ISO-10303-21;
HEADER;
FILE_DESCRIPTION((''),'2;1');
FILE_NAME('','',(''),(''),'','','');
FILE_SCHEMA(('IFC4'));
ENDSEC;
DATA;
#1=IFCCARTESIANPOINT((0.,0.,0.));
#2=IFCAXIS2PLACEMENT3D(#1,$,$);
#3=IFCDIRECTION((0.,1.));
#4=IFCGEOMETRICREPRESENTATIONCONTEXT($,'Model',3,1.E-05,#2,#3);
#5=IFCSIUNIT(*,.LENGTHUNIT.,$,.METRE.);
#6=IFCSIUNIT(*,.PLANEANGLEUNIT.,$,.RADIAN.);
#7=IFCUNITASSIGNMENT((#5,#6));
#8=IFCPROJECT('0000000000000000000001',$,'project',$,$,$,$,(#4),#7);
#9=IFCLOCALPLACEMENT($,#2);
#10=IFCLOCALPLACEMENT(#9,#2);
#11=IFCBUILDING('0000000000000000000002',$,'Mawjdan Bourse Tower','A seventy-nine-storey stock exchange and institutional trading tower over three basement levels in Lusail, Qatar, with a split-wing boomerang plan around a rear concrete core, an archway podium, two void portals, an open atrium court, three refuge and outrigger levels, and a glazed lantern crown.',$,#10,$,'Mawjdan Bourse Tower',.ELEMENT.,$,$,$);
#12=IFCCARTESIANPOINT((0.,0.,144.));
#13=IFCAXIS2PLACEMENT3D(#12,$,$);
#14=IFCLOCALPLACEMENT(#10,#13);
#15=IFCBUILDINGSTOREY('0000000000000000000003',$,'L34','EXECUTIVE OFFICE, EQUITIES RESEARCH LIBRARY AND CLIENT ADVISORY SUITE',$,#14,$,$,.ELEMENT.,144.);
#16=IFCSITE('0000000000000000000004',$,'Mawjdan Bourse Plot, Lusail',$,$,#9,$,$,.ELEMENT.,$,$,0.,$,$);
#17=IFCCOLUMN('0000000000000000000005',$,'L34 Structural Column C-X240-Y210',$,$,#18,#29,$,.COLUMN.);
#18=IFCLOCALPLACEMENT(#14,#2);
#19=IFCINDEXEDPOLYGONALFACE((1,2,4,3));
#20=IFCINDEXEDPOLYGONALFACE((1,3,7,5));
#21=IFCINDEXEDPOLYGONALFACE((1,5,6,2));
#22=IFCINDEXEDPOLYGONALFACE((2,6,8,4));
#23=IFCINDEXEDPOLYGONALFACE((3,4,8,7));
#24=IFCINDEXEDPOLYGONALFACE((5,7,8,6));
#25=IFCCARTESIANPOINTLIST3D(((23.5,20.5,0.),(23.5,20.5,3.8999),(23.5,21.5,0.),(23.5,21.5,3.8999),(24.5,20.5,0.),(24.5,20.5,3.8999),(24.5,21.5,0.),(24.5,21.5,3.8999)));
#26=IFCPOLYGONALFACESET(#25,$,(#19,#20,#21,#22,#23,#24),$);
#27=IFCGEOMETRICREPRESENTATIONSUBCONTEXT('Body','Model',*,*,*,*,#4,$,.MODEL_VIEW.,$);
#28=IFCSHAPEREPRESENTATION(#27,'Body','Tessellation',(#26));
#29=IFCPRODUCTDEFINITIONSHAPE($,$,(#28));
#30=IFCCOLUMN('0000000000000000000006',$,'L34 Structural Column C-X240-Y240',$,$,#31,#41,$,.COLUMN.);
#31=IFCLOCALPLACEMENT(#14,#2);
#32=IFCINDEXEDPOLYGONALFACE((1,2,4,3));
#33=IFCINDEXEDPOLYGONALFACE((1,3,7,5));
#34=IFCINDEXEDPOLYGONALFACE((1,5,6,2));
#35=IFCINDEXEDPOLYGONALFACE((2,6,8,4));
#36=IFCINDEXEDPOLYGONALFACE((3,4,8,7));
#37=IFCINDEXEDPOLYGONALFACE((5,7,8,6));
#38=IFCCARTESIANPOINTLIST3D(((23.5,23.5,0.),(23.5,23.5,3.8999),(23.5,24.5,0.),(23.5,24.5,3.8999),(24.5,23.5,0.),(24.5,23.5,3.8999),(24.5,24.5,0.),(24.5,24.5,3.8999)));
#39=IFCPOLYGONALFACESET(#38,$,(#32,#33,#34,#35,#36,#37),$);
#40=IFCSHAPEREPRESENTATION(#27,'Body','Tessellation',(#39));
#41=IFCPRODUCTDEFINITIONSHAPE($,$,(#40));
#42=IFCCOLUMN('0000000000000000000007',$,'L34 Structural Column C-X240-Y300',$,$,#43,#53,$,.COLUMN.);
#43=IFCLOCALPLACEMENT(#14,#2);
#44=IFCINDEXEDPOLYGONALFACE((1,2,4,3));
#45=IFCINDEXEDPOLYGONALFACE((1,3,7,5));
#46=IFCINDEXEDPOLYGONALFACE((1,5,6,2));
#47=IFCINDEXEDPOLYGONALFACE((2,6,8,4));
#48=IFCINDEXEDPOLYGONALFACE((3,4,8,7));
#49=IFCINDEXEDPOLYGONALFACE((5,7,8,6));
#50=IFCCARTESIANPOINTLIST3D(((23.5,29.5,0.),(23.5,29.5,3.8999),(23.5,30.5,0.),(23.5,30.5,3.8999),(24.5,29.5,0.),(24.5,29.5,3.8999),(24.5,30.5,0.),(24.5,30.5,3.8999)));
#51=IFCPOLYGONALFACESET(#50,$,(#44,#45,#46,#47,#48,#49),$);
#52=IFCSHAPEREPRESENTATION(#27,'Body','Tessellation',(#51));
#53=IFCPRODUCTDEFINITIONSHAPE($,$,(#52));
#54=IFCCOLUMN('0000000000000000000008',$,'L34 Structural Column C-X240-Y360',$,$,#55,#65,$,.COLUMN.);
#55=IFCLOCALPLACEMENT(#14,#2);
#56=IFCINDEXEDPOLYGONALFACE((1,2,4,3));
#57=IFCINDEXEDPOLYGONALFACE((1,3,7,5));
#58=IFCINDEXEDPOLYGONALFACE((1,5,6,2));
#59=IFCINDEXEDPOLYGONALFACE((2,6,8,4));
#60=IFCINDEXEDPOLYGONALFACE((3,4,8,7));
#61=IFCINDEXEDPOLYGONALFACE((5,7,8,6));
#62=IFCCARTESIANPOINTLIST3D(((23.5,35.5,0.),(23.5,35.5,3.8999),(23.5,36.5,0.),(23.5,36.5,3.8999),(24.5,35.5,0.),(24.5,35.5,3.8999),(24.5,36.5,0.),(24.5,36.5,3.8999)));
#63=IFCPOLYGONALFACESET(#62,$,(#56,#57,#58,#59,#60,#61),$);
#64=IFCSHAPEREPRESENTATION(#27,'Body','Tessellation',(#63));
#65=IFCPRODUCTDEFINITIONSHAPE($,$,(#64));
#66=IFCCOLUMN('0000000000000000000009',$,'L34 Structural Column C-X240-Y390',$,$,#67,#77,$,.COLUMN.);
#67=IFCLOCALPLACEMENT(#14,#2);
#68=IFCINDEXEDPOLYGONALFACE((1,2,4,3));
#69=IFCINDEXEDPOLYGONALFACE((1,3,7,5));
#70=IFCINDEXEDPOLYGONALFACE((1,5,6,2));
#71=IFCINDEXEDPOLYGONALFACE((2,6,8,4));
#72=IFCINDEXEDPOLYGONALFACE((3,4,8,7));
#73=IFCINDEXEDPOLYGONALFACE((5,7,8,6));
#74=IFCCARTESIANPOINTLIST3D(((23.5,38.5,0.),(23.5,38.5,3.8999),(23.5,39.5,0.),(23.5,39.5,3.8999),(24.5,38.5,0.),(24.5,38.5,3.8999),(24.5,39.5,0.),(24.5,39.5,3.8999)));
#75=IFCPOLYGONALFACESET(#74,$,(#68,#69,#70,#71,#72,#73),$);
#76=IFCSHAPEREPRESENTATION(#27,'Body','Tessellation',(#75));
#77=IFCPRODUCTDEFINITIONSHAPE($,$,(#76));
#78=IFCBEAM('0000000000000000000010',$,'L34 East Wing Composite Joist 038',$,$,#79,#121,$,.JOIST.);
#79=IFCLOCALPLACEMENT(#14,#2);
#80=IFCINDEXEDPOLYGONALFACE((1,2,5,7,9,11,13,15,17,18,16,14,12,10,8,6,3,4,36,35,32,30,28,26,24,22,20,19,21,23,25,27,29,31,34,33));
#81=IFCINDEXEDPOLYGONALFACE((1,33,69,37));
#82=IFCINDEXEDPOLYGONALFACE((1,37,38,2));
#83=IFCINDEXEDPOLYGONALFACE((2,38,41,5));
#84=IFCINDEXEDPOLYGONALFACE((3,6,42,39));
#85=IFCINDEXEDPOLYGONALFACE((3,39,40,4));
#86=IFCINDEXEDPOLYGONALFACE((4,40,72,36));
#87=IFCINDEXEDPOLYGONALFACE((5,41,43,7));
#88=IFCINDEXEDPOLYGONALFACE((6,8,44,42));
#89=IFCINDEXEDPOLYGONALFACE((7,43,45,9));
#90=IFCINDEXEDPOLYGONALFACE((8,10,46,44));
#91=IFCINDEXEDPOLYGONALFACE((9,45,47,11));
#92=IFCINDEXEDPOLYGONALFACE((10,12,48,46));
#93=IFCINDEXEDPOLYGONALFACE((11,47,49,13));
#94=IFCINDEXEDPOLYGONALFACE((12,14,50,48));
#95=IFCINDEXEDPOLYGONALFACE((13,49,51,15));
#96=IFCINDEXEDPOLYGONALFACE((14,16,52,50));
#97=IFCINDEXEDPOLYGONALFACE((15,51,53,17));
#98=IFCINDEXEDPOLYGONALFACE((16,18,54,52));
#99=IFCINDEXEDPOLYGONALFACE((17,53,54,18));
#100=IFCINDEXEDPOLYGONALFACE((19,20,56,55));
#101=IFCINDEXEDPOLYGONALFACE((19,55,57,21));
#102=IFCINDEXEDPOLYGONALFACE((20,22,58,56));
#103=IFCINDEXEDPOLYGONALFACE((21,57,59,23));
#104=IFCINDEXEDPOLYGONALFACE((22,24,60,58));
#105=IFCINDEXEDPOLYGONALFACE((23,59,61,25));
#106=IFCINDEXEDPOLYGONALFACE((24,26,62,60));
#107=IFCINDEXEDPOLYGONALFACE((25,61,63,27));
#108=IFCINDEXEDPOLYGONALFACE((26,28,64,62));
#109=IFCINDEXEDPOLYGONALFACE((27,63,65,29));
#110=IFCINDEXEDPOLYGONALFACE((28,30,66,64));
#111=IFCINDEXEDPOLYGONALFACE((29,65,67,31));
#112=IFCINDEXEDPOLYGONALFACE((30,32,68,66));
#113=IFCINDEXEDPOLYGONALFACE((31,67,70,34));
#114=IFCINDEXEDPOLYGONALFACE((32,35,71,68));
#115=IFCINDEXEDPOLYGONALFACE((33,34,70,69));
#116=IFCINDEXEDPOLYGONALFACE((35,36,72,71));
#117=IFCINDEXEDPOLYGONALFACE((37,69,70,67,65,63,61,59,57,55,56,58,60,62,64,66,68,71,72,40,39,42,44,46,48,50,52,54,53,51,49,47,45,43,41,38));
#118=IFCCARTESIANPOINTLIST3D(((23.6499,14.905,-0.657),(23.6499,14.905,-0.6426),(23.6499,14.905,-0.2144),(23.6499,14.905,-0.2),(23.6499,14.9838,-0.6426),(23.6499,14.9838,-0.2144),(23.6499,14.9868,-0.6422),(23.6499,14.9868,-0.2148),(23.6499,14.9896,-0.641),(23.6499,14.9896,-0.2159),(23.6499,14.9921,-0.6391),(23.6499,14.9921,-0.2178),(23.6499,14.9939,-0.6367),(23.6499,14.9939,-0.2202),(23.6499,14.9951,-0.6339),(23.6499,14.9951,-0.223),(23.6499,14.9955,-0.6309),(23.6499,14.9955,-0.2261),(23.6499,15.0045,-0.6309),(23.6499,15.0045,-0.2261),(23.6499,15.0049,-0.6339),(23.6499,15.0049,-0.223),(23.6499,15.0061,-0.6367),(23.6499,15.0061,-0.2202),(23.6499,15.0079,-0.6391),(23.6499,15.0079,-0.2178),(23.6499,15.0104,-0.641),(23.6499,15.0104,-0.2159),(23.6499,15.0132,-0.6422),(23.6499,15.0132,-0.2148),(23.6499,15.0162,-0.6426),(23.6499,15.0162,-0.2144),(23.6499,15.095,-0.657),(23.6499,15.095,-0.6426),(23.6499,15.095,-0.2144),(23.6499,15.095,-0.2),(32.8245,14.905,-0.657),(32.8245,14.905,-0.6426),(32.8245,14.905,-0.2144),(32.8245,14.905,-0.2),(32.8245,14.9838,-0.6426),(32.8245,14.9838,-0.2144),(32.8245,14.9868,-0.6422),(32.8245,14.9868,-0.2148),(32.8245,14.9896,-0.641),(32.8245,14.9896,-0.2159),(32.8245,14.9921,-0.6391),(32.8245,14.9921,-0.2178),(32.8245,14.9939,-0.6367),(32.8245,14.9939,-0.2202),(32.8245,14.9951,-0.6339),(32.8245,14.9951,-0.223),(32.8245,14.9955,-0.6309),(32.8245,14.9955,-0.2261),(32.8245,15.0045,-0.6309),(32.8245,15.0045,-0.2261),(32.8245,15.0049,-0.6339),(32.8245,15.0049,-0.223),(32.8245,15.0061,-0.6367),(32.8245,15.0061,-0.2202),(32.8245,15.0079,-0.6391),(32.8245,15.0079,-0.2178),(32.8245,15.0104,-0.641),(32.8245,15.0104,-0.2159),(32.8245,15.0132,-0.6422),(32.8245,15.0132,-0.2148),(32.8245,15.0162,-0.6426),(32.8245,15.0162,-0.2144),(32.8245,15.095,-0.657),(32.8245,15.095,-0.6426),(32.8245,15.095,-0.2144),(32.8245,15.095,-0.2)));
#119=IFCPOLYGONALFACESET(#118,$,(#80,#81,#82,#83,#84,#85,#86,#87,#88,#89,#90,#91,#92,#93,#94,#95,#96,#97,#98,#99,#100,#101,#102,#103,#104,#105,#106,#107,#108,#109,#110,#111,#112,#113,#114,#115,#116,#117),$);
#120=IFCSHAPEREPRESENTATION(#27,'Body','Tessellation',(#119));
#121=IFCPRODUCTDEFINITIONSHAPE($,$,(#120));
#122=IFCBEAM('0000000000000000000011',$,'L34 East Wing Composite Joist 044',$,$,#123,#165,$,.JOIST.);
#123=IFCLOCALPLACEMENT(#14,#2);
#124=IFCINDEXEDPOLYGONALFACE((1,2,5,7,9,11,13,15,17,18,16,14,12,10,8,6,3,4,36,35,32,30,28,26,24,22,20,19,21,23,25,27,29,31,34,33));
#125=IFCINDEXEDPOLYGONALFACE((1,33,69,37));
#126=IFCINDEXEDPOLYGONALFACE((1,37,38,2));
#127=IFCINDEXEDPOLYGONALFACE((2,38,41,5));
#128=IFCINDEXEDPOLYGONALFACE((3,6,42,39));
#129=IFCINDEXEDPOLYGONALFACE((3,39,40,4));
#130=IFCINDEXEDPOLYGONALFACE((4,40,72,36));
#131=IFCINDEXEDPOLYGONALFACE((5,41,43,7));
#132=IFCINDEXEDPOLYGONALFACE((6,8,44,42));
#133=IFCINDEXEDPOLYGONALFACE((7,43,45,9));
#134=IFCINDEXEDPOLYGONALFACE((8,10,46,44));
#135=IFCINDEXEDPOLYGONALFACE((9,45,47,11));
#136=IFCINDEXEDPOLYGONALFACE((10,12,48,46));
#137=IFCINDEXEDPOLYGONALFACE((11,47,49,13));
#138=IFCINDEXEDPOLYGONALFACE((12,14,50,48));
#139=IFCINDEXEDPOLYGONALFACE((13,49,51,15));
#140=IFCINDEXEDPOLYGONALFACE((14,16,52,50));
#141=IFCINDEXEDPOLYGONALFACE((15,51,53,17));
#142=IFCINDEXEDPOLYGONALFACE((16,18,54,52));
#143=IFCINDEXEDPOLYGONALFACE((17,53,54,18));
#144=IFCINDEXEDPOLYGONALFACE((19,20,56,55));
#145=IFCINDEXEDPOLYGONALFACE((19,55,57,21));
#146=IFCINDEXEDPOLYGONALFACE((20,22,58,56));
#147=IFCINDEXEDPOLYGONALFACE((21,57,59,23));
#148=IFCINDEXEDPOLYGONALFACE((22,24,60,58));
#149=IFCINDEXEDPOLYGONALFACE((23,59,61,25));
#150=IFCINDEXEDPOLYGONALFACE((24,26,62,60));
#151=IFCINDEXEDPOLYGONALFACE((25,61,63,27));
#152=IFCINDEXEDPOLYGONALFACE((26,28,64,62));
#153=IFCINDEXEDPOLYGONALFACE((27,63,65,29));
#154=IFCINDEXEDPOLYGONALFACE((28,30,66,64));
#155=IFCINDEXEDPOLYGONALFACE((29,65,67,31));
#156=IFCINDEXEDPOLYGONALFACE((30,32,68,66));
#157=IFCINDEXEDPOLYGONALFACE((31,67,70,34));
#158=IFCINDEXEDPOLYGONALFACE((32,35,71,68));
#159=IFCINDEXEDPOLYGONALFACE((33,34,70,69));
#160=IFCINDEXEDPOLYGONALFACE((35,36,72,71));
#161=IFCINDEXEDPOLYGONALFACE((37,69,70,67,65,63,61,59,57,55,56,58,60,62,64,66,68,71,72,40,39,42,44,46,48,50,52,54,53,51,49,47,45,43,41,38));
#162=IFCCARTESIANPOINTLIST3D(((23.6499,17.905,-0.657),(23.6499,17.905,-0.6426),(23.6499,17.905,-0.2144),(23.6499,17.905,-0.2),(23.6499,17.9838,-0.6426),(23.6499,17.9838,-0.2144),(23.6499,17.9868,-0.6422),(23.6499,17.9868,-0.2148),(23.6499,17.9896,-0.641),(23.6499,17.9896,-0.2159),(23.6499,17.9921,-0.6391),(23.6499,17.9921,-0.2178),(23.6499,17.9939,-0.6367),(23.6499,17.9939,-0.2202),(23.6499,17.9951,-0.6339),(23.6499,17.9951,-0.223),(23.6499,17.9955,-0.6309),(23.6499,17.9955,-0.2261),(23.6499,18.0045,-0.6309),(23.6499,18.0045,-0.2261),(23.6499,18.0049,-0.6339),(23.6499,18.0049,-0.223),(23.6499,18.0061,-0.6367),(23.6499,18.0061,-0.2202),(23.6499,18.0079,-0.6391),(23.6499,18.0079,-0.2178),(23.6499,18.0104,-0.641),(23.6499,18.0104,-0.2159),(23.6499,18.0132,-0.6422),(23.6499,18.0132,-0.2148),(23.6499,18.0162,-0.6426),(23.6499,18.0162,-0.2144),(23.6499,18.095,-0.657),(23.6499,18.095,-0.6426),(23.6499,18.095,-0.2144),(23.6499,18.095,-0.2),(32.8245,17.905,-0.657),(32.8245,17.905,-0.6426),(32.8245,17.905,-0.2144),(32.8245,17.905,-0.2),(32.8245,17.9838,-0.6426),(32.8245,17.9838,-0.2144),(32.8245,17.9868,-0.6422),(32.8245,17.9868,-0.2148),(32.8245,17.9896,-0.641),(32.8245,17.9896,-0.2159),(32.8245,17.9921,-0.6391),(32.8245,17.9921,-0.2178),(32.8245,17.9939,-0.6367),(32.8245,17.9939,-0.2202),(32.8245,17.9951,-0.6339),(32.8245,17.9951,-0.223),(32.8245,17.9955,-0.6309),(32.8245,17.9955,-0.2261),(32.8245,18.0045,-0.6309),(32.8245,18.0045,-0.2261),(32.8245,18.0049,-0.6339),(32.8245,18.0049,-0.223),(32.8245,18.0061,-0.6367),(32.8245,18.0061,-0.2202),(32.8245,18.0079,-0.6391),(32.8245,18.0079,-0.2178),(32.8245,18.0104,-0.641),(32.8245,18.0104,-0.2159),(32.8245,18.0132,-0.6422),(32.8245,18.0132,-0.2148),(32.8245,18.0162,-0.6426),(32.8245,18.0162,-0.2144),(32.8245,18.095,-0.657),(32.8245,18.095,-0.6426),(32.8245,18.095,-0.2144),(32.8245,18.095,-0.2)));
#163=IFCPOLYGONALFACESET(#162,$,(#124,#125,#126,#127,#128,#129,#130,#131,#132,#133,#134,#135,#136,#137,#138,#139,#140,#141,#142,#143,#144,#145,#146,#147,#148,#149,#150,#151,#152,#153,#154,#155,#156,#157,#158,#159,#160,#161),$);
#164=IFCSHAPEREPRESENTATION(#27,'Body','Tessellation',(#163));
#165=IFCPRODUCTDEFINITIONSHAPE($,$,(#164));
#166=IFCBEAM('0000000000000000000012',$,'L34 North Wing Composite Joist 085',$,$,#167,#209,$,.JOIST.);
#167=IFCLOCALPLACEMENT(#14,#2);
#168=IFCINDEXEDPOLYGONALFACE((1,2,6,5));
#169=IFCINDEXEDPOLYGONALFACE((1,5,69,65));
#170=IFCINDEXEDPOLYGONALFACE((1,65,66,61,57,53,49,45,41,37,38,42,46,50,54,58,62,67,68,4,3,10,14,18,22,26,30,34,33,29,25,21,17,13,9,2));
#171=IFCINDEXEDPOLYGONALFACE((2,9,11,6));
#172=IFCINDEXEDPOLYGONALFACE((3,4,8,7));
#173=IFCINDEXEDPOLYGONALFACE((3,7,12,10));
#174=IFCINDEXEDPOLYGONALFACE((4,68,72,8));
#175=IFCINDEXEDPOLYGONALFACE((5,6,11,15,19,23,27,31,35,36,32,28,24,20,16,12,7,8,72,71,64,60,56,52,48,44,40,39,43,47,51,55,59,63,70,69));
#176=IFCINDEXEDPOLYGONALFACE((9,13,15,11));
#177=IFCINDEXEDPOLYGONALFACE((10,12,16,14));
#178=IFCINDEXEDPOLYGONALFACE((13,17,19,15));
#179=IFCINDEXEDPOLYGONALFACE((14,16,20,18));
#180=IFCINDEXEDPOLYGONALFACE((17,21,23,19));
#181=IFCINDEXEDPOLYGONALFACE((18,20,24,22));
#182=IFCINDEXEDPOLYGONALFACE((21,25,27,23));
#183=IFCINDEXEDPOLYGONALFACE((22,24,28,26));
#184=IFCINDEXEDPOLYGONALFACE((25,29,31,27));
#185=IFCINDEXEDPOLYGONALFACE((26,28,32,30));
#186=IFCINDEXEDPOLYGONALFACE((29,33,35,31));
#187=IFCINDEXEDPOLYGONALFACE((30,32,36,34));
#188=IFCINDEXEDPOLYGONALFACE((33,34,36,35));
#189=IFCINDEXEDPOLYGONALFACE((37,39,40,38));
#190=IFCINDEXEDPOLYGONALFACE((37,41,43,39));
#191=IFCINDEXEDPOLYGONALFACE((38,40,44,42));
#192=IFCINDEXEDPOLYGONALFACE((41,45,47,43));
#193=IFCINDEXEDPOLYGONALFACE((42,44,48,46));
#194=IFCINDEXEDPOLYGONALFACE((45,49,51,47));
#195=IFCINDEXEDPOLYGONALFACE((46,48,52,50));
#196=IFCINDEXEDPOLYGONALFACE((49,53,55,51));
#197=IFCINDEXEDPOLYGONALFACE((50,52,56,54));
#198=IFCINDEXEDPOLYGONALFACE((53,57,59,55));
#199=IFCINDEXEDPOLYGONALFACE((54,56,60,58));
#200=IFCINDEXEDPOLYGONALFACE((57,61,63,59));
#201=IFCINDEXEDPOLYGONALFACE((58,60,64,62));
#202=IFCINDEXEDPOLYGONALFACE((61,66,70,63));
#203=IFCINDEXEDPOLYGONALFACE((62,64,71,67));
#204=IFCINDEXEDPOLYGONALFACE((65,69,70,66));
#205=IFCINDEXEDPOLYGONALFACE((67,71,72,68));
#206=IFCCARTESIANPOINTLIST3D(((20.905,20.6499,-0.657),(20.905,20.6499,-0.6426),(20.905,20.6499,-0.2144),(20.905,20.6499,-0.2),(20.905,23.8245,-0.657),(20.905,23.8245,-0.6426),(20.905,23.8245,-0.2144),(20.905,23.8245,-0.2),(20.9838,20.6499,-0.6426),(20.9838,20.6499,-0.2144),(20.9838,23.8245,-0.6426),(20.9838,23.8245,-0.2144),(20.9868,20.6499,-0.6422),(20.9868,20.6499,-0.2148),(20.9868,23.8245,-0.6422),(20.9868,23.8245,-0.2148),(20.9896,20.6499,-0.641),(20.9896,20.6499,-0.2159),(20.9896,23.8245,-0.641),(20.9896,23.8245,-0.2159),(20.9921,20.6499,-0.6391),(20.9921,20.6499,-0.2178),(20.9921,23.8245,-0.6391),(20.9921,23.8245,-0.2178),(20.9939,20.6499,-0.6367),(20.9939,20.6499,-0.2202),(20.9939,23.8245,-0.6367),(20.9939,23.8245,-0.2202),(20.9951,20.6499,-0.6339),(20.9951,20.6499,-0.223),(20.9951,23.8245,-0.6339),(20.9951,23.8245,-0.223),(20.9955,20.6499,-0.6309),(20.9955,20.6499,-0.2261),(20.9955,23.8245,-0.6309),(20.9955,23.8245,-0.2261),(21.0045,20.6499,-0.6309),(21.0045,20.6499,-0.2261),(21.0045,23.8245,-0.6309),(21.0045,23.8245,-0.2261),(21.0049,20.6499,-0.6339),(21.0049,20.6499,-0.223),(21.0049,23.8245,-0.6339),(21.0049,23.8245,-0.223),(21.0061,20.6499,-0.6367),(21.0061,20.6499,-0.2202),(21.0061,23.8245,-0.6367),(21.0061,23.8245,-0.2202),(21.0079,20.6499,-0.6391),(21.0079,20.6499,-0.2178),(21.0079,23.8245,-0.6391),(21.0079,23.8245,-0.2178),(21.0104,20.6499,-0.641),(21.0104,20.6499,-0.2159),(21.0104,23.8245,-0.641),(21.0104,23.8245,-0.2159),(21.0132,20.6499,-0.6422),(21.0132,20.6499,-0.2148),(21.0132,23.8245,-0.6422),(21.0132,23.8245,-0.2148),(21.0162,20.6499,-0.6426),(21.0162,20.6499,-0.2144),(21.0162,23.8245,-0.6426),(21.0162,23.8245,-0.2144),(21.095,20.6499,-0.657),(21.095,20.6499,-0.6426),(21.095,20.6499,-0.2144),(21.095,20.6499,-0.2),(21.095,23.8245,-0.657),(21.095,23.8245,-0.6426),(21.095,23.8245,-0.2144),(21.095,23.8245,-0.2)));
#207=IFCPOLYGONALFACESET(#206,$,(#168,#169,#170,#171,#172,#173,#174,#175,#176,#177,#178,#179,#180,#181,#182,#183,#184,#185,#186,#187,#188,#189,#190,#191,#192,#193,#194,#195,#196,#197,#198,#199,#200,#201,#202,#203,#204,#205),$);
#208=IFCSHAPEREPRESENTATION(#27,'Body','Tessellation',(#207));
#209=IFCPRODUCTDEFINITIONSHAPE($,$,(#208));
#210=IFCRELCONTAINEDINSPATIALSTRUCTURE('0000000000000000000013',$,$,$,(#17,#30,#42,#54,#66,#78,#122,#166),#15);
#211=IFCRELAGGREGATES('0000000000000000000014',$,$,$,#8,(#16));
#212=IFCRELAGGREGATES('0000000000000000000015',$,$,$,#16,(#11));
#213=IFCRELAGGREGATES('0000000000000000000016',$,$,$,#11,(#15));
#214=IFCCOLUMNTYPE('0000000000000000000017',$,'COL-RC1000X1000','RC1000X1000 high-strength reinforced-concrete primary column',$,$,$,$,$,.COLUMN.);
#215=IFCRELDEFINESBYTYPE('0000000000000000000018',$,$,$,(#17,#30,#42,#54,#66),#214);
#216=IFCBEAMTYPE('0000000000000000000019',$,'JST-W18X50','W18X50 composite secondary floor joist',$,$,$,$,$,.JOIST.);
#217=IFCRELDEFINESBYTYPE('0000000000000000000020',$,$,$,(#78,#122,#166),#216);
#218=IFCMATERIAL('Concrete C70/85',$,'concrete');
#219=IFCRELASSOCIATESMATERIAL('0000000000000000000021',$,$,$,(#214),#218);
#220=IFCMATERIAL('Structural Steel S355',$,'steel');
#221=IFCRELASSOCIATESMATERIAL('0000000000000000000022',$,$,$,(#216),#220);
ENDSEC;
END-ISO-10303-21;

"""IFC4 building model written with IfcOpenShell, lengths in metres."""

from ifc_helpers import new_model, si_unit, direction, frame, origin, origin_2d, place, context, subcontext, project, spatial, rectangle, i_section, extrude, material, material_profile, profile_set, type_object, element, save


model = new_model("IFC4")

# Units and contexts
model_context = context("Model", 3, precision=1e-05, world=origin(), true_north=direction((0.0, 1.0)))
body_context = subcontext(model_context, "Body", "Model", "MODEL_VIEW")
ifc_project = project(units=[si_unit("LENGTHUNIT", "METRE"), si_unit("PLANEANGLEUNIT", "RADIAN")], contexts=[model_context])

# Site, building, storey
site_placement = place(None, origin())
site = spatial("IfcSite", under=ifc_project, at=site_placement, Name="Mawjdan Bourse Plot, Lusail", CompositionType="ELEMENT", RefElevation=0.0)
building_placement = place(site_placement, origin())
building = spatial("IfcBuilding", under=site, at=building_placement, Name="Mawjdan Bourse Tower", Description="A seventy-nine-storey stock exchange and institutional trading tower over three basement levels in Lusail, Qatar, with a split-wing boomerang plan around a rear concrete core, an archway podium, two void portals, an open atrium court, three refuge and outrigger levels, and a glazed lantern crown.", LongName="Mawjdan Bourse Tower", CompositionType="ELEMENT")
storey_placement = place(building_placement, frame((0.0, 0.0, 144.0)))
storey = spatial("IfcBuildingStorey", under=building, at=storey_placement, Name="L34", Description="EXECUTIVE OFFICE, EQUITIES RESEARCH LIBRARY AND CLIENT ADVISORY SUITE", CompositionType="ELEMENT", Elevation=144.0)

# Columns
ifc_material_1 = material(Name="Concrete C70/85", Category="concrete")
ifc_material_profile_1 = material_profile(ifc_material_1, rectangle(XDim=1.0, YDim=1.0, at=origin_2d()), Name="RC1000X1000")
ifc_profile_set_1 = profile_set([ifc_material_profile_1], Name="Concrete C70/85")
column_type = type_object("IfcColumnType", Name="COL-RC1000X1000", Description="RC1000X1000 high-strength reinforced-concrete primary column", PredefinedType="COLUMN", material=ifc_profile_set_1)
for number, where, z_axis, x_axis, name in (
    (1, (24.0, 21.0, 0.0), (0.0, 0.0, 1.0), (1.0, 0.0, 0.0), "L34 Structural Column C-X240-Y210"),
    (2, (24.0, 24.0, 0.0), (0.0, 0.0, 1.0), (1.0, 0.0, 0.0), "L34 Structural Column C-X240-Y240"),
    (3, (24.0, 30.0, 0.0), (0.0, 0.0, 1.0), (1.0, 0.0, 0.0), "L34 Structural Column C-X240-Y300"),
    (4, (24.0, 36.0, 0.0), (0.0, 0.0, 1.0), (1.0, 0.0, 0.0), "L34 Structural Column C-X240-Y360"),
    (5, (24.0, 39.0, 0.0), (0.0, 0.0, 1.0), (1.0, 0.0, 0.0), "L34 Structural Column C-X240-Y390"),
):
    element("IfcColumn", number, at=place(storey_placement, frame(where, z_axis=z_axis, x_axis=x_axis)), inside=storey, type_object=column_type, Name=name, PredefinedType="COLUMN", context=body_context, shape_type="SweptSolid", body=[
        extrude(rectangle(XDim=1.0, YDim=1.0, at=origin_2d()), origin(), (0.0, 0.0, 1.0), 3.8999),
    ])

# Beams
ifc_material_2 = material(Name="Structural Steel S355", Category="steel")
ifc_material_profile_2 = material_profile(ifc_material_2, i_section(OverallWidth=0.1899, OverallDepth=0.457, WebThickness=0.009, FlangeThickness=0.0144, FilletRadius=0.0117, at=origin_2d()), Name="W18X50")
ifc_profile_set_2 = profile_set([ifc_material_profile_2], Name="Structural Steel S355")
beam_type_1 = type_object("IfcBeamType", Name="JST-W18X50", Description="W18X50 composite secondary floor joist", PredefinedType="JOIST", material=ifc_profile_set_2)
for number, where, z_axis, x_axis, name in (
    (6, (23.6499, 15.0, -0.4285), (1.0, 0.0, 0.0), (0.0, 1.0, 0.0), "L34 East Wing Composite Joist 038"),
    (7, (23.6499, 18.0, -0.4285), (1.0, 0.0, 0.0), (0.0, 1.0, 0.0), "L34 East Wing Composite Joist 044"),
):
    element("IfcBeam", number, at=place(storey_placement, frame(where, z_axis=z_axis, x_axis=x_axis)), inside=storey, type_object=beam_type_1, Name=name, PredefinedType="JOIST", context=body_context, shape_type="SweptSolid", body=[
        extrude(i_section(OverallWidth=0.1899, OverallDepth=0.457, WebThickness=0.009, FlangeThickness=0.0144, FilletRadius=0.0117, at=origin_2d()), origin(), (0.0, 0.0, 1.0), 9.1746),
    ])
beam_1_placement = place(storey_placement, frame((21.0, 20.6499, -0.4285), z_axis=(0.0, 1.0, 0.0), x_axis=(-1.0, 0.0, 0.0)))
element("IfcBeam", 8, at=beam_1_placement, inside=storey, type_object=beam_type_1, Name="L34 North Wing Composite Joist 085", PredefinedType="JOIST", context=body_context, shape_type="SweptSolid", body=[
    extrude(i_section(OverallWidth=0.1899, OverallDepth=0.457, WebThickness=0.009, FlangeThickness=0.0144, FilletRadius=0.0117, at=origin_2d()), origin(), (0.0, 0.0, 1.0), 3.1746),
])

save(model, "model.ifc")
